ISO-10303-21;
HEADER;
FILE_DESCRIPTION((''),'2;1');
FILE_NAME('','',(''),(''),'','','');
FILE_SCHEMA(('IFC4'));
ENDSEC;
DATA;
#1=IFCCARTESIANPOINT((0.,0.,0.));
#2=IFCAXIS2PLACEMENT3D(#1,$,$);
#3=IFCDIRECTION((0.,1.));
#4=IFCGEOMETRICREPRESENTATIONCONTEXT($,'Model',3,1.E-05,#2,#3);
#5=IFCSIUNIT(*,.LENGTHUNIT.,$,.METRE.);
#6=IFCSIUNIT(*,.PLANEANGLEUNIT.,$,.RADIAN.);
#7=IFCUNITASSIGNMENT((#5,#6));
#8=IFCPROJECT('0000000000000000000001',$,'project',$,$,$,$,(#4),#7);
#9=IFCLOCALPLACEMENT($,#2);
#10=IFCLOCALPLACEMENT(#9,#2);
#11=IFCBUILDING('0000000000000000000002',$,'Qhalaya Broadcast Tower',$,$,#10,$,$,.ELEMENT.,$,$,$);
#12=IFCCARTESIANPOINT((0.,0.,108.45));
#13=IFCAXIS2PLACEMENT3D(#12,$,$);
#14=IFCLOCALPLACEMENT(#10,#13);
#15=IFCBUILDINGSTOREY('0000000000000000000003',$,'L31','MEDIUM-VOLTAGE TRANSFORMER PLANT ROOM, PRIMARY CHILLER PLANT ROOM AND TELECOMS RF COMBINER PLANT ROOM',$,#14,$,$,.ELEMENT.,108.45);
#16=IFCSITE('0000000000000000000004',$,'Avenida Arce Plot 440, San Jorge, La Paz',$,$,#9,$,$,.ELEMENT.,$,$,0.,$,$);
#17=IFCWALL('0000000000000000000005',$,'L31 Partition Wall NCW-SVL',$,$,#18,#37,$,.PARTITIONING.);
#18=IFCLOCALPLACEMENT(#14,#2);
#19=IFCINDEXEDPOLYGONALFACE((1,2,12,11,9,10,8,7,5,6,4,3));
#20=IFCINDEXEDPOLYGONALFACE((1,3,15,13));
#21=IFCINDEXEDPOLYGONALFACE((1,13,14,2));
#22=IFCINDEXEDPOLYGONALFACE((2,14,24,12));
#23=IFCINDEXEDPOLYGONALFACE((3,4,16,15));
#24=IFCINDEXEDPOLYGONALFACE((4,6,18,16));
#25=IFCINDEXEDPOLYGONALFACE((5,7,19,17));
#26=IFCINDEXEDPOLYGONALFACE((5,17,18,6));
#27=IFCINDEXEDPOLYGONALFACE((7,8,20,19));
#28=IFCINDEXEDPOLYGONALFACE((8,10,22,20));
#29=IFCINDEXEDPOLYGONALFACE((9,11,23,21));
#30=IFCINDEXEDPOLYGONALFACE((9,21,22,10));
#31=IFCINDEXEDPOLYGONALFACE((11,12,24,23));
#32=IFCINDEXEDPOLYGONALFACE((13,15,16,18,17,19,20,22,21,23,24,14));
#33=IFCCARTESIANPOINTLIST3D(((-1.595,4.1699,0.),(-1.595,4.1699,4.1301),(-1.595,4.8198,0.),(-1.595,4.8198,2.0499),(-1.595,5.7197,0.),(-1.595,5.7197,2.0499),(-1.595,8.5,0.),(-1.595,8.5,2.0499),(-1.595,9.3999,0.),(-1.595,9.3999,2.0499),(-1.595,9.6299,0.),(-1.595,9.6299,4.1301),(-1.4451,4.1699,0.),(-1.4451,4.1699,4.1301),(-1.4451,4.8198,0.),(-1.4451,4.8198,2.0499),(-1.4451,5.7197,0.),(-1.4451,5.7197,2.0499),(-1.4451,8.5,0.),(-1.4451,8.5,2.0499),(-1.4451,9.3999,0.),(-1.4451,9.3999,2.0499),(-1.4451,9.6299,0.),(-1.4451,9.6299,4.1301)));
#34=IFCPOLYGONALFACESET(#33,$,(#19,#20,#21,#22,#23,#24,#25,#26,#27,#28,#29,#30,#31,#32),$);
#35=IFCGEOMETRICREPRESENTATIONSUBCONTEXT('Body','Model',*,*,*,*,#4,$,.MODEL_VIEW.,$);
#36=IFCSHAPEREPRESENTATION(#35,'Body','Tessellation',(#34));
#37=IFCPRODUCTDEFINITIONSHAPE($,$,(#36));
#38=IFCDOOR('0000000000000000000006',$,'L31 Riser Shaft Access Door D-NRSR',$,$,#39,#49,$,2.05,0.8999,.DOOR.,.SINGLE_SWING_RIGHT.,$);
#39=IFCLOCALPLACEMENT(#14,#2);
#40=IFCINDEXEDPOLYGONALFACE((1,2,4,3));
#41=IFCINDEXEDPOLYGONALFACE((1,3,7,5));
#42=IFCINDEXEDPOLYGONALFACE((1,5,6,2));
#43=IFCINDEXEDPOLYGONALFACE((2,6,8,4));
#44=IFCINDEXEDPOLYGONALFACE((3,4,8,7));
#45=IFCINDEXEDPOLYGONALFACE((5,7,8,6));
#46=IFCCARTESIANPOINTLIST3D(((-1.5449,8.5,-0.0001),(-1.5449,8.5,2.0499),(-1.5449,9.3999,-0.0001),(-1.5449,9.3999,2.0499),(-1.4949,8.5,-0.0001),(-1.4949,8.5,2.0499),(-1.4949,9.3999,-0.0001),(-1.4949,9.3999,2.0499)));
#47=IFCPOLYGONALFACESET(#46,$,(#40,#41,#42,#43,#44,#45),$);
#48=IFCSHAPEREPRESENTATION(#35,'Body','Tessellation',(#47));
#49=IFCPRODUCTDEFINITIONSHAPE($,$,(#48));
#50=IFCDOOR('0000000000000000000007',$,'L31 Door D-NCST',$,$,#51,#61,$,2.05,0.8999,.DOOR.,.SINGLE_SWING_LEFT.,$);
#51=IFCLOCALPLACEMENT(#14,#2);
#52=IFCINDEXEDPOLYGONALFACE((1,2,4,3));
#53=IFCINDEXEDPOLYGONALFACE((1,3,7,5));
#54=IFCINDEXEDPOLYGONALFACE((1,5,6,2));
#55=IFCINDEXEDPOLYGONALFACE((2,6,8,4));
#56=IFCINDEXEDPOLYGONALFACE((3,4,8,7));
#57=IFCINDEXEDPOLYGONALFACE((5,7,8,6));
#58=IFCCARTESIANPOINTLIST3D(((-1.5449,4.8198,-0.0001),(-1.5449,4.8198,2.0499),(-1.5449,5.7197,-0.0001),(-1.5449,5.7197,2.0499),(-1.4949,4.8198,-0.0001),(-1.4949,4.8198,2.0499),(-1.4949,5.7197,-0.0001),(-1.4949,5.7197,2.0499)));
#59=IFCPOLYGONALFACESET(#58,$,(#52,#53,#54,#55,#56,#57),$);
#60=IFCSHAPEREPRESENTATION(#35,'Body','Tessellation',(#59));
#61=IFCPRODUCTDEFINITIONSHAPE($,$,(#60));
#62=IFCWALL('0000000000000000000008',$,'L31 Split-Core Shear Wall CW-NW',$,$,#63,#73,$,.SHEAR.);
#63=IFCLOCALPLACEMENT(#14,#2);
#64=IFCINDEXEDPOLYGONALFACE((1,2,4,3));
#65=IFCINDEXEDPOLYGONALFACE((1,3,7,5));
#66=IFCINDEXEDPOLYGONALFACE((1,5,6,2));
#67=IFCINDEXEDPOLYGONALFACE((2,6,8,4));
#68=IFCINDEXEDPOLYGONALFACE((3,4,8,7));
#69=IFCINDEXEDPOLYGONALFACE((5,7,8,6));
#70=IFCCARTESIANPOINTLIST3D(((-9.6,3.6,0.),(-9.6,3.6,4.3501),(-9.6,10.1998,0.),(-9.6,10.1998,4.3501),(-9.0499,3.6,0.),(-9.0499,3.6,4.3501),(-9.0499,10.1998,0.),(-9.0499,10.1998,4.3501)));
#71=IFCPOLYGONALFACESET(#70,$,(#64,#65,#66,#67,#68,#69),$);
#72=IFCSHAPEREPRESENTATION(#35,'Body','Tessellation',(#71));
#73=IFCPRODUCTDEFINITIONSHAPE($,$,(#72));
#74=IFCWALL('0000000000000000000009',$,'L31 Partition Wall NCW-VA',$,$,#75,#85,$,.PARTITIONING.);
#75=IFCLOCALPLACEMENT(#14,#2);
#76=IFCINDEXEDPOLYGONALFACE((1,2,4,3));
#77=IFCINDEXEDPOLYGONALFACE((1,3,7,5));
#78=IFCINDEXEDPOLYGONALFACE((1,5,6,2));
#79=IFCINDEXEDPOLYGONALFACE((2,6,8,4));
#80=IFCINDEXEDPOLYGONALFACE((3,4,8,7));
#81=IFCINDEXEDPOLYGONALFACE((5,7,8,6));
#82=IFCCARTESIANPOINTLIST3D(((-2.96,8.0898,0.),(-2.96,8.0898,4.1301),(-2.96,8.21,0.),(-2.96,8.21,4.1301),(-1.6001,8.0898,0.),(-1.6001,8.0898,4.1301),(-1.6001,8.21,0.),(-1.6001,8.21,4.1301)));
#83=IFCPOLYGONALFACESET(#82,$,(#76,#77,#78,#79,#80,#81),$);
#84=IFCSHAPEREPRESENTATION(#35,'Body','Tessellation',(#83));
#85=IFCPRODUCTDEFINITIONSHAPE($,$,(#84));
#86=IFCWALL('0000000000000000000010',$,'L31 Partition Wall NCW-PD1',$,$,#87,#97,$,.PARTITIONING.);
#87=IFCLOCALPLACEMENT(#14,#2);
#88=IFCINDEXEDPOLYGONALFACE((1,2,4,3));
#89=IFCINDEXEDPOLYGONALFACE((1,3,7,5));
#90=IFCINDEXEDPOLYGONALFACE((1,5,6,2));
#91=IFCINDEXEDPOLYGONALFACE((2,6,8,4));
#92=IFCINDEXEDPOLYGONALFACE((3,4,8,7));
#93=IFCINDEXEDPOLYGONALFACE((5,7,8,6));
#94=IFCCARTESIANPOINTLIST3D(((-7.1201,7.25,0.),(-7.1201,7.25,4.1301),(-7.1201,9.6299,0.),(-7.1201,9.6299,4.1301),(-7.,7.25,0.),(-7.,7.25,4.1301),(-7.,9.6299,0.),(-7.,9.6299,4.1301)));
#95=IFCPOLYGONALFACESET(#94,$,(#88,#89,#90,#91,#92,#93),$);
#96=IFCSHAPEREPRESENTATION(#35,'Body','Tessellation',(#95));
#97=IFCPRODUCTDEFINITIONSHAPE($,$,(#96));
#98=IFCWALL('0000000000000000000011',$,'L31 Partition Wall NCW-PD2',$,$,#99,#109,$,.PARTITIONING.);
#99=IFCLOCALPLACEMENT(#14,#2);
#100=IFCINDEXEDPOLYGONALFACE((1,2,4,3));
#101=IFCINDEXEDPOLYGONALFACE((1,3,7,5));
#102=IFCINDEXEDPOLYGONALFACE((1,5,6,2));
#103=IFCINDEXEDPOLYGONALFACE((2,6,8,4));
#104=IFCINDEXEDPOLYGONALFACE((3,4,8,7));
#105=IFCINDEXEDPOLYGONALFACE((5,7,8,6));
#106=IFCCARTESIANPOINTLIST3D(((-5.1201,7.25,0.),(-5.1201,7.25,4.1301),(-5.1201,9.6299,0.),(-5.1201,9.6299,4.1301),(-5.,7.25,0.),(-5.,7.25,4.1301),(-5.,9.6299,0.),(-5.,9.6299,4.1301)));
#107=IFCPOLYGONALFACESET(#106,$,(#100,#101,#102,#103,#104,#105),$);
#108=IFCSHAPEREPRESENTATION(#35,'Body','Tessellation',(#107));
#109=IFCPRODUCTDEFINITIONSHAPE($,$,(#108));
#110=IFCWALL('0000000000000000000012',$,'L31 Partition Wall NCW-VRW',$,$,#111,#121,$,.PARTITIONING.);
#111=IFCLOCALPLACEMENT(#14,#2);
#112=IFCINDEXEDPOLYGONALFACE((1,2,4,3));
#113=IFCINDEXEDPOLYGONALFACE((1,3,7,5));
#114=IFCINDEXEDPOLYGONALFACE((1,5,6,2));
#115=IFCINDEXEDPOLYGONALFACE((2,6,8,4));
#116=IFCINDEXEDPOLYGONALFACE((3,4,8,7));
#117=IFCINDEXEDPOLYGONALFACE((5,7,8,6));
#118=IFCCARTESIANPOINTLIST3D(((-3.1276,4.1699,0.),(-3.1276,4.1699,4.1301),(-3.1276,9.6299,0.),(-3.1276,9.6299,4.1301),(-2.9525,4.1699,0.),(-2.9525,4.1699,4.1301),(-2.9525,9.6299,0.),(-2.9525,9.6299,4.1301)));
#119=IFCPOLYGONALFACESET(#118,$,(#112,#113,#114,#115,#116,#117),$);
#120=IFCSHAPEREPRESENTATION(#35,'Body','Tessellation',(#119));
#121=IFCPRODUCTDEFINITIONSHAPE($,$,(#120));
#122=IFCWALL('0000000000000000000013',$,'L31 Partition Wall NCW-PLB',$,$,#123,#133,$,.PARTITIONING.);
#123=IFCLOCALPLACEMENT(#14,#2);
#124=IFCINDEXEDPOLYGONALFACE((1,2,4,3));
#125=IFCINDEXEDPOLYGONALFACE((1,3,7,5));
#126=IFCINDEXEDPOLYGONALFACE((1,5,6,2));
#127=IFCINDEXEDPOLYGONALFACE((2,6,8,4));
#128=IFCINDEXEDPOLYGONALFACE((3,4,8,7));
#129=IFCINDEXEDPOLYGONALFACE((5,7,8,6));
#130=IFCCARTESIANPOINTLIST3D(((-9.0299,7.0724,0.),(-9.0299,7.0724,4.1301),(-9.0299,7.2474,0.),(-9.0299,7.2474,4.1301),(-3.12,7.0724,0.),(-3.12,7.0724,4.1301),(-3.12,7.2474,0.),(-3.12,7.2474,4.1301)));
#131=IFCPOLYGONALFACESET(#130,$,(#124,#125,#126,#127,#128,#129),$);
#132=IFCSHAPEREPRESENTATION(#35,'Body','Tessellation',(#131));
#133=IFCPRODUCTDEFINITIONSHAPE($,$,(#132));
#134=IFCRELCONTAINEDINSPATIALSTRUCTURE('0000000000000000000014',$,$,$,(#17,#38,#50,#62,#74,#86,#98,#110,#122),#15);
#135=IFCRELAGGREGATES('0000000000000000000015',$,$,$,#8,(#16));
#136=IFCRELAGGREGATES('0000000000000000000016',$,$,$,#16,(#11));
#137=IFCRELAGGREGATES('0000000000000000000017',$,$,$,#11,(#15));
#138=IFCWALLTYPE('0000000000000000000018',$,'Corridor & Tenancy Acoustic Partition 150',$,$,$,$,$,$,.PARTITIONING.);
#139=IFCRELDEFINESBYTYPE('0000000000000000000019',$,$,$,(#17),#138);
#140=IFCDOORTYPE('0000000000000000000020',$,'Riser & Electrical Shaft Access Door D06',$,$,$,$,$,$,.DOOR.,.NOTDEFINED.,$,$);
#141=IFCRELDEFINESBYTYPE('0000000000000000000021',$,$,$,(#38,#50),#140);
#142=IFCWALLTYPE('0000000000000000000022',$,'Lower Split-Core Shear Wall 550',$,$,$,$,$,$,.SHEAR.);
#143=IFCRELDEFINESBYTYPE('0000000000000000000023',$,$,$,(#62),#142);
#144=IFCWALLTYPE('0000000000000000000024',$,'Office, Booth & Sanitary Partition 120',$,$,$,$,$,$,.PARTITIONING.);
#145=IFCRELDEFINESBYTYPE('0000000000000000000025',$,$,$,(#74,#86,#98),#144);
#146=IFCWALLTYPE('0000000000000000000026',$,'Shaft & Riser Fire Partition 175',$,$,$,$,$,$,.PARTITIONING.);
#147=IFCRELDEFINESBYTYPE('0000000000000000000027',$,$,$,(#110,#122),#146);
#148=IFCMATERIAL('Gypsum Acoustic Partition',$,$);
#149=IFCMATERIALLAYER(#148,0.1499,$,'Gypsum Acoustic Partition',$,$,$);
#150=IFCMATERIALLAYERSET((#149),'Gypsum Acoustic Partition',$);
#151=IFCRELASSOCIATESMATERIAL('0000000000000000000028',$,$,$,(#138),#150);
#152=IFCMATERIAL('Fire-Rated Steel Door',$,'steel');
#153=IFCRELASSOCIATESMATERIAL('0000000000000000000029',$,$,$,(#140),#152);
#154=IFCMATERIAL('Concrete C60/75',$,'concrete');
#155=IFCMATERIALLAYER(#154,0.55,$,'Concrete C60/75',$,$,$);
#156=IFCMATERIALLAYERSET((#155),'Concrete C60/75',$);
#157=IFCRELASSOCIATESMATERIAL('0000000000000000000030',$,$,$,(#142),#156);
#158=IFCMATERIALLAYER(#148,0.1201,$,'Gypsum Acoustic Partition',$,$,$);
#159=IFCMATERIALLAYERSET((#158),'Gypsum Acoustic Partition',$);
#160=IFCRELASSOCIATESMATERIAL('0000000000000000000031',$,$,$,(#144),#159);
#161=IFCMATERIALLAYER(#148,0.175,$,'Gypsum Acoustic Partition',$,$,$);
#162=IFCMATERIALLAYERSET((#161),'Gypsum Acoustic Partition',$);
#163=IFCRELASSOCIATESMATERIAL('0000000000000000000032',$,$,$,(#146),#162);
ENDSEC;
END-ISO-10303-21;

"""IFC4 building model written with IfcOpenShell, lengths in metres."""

from ifc_helpers import new_model, si_unit, direction, frame, frame_2d, origin, place, context, subcontext, project, spatial, rectangle, extrude, material, layer, layer_set, type_object, element, fill, save


model = new_model("IFC4")

# Units and contexts
model_context = context("Model", 3, precision=1e-05, world=origin(), true_north=direction((0.0, 1.0)))
body_context = subcontext(model_context, "Body", "Model", "MODEL_VIEW")
ifc_project = project(units=[si_unit("LENGTHUNIT", "METRE"), si_unit("PLANEANGLEUNIT", "RADIAN")], contexts=[model_context])

# Site, building, storey
site_placement = place(None, origin())
site = spatial("IfcSite", under=ifc_project, at=site_placement, Name="Avenida Arce Plot 440, San Jorge, La Paz", CompositionType="ELEMENT", RefElevation=0.0)
building_placement = place(site_placement, origin())
building = spatial("IfcBuilding", under=site, at=building_placement, Name="Qhalaya Broadcast Tower", CompositionType="ELEMENT")
storey_placement = place(building_placement, frame((0.0, 0.0, 108.45)))
storey = spatial("IfcBuildingStorey", under=building, at=storey_placement, Name="L31", Description="MEDIUM-VOLTAGE TRANSFORMER PLANT ROOM, PRIMARY CHILLER PLANT ROOM AND TELECOMS RF COMBINER PLANT ROOM", CompositionType="ELEMENT", Elevation=108.45)

# Wall, openings, doors
ifc_material_1 = material(Name="Gypsum Acoustic Partition")
ifc_layer_1 = layer(ifc_material_1, 0.1499, Name="Gypsum Acoustic Partition")
ifc_layer_set_1 = layer_set([ifc_layer_1], Name="Gypsum Acoustic Partition")
wall_type_1 = type_object("IfcWallType", Name="Corridor & Tenancy Acoustic Partition 150", PredefinedType="PARTITIONING", material=ifc_layer_set_1)
wall_1_placement = place(storey_placement, frame((-1.52, 4.1699, 0.0), z_axis=(0.0, 0.0, 1.0), x_axis=(0.0, 1.0, 0.0)))
wall_1 = element("IfcWall", 1, at=wall_1_placement, inside=storey, type_object=wall_type_1, Name="L31 Partition Wall NCW-SVL", PredefinedType="PARTITIONING", context=body_context, shape_type="SweptSolid", body=[
    extrude(rectangle(XDim=5.46, YDim=0.1499, at=frame_2d((2.73, 0.0))), origin(), (0.0, 0.0, 1.0), 4.1301),
])
opening_1_placement = place(wall_1_placement, frame((4.3301, 0.0, 0.0)))
opening_1 = element("IfcOpeningElement", 2, at=opening_1_placement, cuts=wall_1, PredefinedType="OPENING", context=body_context, shape_type="SweptSolid", body=[
    extrude(rectangle(XDim=0.8999, YDim=2.05, at=frame_2d((0.45, 1.0249))), frame((0.0, 0.0869, 0.0), z_axis=(0.0, -1.0, 0.0), x_axis=(1.0, 0.0, 0.0)), (0.0, 0.0, 1.0), 0.1738),
])
opening_2_placement = place(wall_1_placement, frame((0.6499, 0.0, 0.0)))
opening_2 = element("IfcOpeningElement", 3, at=opening_2_placement, cuts=wall_1, PredefinedType="OPENING", context=body_context, shape_type="SweptSolid", body=[
    extrude(rectangle(XDim=0.8999, YDim=2.05, at=frame_2d((0.45, 1.0249))), frame((0.0, 0.0869, 0.0), z_axis=(0.0, -1.0, 0.0), x_axis=(1.0, 0.0, 0.0)), (0.0, 0.0, 1.0), 0.1738),
])
ifc_material_2 = material(Name="Fire-Rated Steel Door", Category="steel")
door_type = type_object("IfcDoorType", Name="Riser & Electrical Shaft Access Door D06", OperationType="NOTDEFINED", PredefinedType="DOOR", material=ifc_material_2)
door_1_placement = place(opening_1_placement, origin())
door_1 = element("IfcDoor", 4, at=door_1_placement, inside=storey, type_object=door_type, Name="L31 Riser Shaft Access Door D-NRSR", OperationType="SINGLE_SWING_RIGHT", OverallHeight=2.05, OverallWidth=0.8999, PredefinedType="DOOR", context=body_context, shape_type="SweptSolid", body=[
    extrude(rectangle(XDim=0.8999, YDim=2.05, at=frame_2d((0.45, 1.0249))), frame((0.0, 0.0249, 0.0), z_axis=(0.0, -1.0, 0.0), x_axis=(1.0, 0.0, 0.0)), (0.0, 0.0, 1.0), 0.05),
])
fill(opening_1, door_1)
door_2_placement = place(opening_2_placement, origin())
door_2 = element("IfcDoor", 5, at=door_2_placement, inside=storey, type_object=door_type, Name="L31 Door D-NCST", OperationType="SINGLE_SWING_LEFT", OverallHeight=2.05, OverallWidth=0.8999, PredefinedType="DOOR", context=body_context, shape_type="SweptSolid", body=[
    extrude(rectangle(XDim=0.8999, YDim=2.05, at=frame_2d((0.45, 1.0249))), frame((0.0, 0.0249, 0.0), z_axis=(0.0, -1.0, 0.0), x_axis=(1.0, 0.0, 0.0)), (0.0, 0.0, 1.0), 0.05),
])
fill(opening_2, door_2)

# Walls
ifc_material_3 = material(Name="Concrete C60/75", Category="concrete")
ifc_layer_2 = layer(ifc_material_3, 0.55, Name="Concrete C60/75")
ifc_layer_set_2 = layer_set([ifc_layer_2], Name="Concrete C60/75")
wall_type_2 = type_object("IfcWallType", Name="Lower Split-Core Shear Wall 550", PredefinedType="SHEAR", material=ifc_layer_set_2)
wall_2_placement = place(storey_placement, frame((-9.325, 3.6001, 0.0), z_axis=(0.0, 0.0, 1.0), x_axis=(0.0, 1.0, 0.0)))
element("IfcWall", 6, at=wall_2_placement, inside=storey, type_object=wall_type_2, Name="L31 Split-Core Shear Wall CW-NW", PredefinedType="SHEAR", context=body_context, shape_type="SweptSolid", body=[
    extrude(rectangle(XDim=6.5999, YDim=0.55, at=frame_2d((3.2998, 0.0))), origin(), (0.0, 0.0, 1.0), 4.3501),
])
ifc_layer_3 = layer(ifc_material_1, 0.1201, Name="Gypsum Acoustic Partition")
ifc_layer_set_3 = layer_set([ifc_layer_3], Name="Gypsum Acoustic Partition")
wall_type_3 = type_object("IfcWallType", Name="Office, Booth & Sanitary Partition 120", PredefinedType="PARTITIONING", material=ifc_layer_set_3)
wall_3_placement = place(storey_placement, frame((-2.96, 8.1499, 0.0), z_axis=(0.0, 0.0, 1.0), x_axis=(1.0, 0.0, 0.0)))
element("IfcWall", 7, at=wall_3_placement, inside=storey, type_object=wall_type_3, Name="L31 Partition Wall NCW-VA", PredefinedType="PARTITIONING", context=body_context, shape_type="SweptSolid", body=[
    extrude(rectangle(XDim=1.3599, YDim=0.1201, at=frame_2d((0.6799, 0.0))), origin(), (0.0, 0.0, 1.0), 4.1301),
])
for number, where, z_axis, x_axis, name in (
    (8, (-7.0601, 7.25, 0.0), (0.0, 0.0, 1.0), (0.0, 1.0, 0.0), "L31 Partition Wall NCW-PD1"),
    (9, (-5.0601, 7.25, 0.0), (0.0, 0.0, 1.0), (0.0, 1.0, 0.0), "L31 Partition Wall NCW-PD2"),
):
    element("IfcWall", number, at=place(storey_placement, frame(where, z_axis=z_axis, x_axis=x_axis)), inside=storey, type_object=wall_type_3, Name=name, PredefinedType="PARTITIONING", context=body_context, shape_type="SweptSolid", body=[
        extrude(rectangle(XDim=2.3799, YDim=0.1201, at=frame_2d((1.1899, 0.0))), origin(), (0.0, 0.0, 1.0), 4.1301),
    ])
ifc_layer_4 = layer(ifc_material_1, 0.175, Name="Gypsum Acoustic Partition")
ifc_layer_set_4 = layer_set([ifc_layer_4], Name="Gypsum Acoustic Partition")
wall_type_4 = type_object("IfcWallType", Name="Shaft & Riser Fire Partition 175", PredefinedType="PARTITIONING", material=ifc_layer_set_4)
wall_4_placement = place(storey_placement, frame((-3.04, 4.1699, 0.0), z_axis=(0.0, 0.0, 1.0), x_axis=(0.0, 1.0, 0.0)))
element("IfcWall", 10, at=wall_4_placement, inside=storey, type_object=wall_type_4, Name="L31 Partition Wall NCW-VRW", PredefinedType="PARTITIONING", context=body_context, shape_type="SweptSolid", body=[
    extrude(rectangle(XDim=5.46, YDim=0.175, at=frame_2d((2.73, 0.0))), origin(), (0.0, 0.0, 1.0), 4.1301),
])
wall_5_placement = place(storey_placement, frame((-9.03, 7.1599, 0.0), z_axis=(0.0, 0.0, 1.0), x_axis=(1.0, 0.0, 0.0)))
element("IfcWall", 11, at=wall_5_placement, inside=storey, type_object=wall_type_4, Name="L31 Partition Wall NCW-PLB", PredefinedType="PARTITIONING", context=body_context, shape_type="SweptSolid", body=[
    extrude(rectangle(XDim=5.9099, YDim=0.175, at=frame_2d((2.9551, 0.0))), origin(), (0.0, 0.0, 1.0), 4.1301),
])

save(model, "model.ifc")
